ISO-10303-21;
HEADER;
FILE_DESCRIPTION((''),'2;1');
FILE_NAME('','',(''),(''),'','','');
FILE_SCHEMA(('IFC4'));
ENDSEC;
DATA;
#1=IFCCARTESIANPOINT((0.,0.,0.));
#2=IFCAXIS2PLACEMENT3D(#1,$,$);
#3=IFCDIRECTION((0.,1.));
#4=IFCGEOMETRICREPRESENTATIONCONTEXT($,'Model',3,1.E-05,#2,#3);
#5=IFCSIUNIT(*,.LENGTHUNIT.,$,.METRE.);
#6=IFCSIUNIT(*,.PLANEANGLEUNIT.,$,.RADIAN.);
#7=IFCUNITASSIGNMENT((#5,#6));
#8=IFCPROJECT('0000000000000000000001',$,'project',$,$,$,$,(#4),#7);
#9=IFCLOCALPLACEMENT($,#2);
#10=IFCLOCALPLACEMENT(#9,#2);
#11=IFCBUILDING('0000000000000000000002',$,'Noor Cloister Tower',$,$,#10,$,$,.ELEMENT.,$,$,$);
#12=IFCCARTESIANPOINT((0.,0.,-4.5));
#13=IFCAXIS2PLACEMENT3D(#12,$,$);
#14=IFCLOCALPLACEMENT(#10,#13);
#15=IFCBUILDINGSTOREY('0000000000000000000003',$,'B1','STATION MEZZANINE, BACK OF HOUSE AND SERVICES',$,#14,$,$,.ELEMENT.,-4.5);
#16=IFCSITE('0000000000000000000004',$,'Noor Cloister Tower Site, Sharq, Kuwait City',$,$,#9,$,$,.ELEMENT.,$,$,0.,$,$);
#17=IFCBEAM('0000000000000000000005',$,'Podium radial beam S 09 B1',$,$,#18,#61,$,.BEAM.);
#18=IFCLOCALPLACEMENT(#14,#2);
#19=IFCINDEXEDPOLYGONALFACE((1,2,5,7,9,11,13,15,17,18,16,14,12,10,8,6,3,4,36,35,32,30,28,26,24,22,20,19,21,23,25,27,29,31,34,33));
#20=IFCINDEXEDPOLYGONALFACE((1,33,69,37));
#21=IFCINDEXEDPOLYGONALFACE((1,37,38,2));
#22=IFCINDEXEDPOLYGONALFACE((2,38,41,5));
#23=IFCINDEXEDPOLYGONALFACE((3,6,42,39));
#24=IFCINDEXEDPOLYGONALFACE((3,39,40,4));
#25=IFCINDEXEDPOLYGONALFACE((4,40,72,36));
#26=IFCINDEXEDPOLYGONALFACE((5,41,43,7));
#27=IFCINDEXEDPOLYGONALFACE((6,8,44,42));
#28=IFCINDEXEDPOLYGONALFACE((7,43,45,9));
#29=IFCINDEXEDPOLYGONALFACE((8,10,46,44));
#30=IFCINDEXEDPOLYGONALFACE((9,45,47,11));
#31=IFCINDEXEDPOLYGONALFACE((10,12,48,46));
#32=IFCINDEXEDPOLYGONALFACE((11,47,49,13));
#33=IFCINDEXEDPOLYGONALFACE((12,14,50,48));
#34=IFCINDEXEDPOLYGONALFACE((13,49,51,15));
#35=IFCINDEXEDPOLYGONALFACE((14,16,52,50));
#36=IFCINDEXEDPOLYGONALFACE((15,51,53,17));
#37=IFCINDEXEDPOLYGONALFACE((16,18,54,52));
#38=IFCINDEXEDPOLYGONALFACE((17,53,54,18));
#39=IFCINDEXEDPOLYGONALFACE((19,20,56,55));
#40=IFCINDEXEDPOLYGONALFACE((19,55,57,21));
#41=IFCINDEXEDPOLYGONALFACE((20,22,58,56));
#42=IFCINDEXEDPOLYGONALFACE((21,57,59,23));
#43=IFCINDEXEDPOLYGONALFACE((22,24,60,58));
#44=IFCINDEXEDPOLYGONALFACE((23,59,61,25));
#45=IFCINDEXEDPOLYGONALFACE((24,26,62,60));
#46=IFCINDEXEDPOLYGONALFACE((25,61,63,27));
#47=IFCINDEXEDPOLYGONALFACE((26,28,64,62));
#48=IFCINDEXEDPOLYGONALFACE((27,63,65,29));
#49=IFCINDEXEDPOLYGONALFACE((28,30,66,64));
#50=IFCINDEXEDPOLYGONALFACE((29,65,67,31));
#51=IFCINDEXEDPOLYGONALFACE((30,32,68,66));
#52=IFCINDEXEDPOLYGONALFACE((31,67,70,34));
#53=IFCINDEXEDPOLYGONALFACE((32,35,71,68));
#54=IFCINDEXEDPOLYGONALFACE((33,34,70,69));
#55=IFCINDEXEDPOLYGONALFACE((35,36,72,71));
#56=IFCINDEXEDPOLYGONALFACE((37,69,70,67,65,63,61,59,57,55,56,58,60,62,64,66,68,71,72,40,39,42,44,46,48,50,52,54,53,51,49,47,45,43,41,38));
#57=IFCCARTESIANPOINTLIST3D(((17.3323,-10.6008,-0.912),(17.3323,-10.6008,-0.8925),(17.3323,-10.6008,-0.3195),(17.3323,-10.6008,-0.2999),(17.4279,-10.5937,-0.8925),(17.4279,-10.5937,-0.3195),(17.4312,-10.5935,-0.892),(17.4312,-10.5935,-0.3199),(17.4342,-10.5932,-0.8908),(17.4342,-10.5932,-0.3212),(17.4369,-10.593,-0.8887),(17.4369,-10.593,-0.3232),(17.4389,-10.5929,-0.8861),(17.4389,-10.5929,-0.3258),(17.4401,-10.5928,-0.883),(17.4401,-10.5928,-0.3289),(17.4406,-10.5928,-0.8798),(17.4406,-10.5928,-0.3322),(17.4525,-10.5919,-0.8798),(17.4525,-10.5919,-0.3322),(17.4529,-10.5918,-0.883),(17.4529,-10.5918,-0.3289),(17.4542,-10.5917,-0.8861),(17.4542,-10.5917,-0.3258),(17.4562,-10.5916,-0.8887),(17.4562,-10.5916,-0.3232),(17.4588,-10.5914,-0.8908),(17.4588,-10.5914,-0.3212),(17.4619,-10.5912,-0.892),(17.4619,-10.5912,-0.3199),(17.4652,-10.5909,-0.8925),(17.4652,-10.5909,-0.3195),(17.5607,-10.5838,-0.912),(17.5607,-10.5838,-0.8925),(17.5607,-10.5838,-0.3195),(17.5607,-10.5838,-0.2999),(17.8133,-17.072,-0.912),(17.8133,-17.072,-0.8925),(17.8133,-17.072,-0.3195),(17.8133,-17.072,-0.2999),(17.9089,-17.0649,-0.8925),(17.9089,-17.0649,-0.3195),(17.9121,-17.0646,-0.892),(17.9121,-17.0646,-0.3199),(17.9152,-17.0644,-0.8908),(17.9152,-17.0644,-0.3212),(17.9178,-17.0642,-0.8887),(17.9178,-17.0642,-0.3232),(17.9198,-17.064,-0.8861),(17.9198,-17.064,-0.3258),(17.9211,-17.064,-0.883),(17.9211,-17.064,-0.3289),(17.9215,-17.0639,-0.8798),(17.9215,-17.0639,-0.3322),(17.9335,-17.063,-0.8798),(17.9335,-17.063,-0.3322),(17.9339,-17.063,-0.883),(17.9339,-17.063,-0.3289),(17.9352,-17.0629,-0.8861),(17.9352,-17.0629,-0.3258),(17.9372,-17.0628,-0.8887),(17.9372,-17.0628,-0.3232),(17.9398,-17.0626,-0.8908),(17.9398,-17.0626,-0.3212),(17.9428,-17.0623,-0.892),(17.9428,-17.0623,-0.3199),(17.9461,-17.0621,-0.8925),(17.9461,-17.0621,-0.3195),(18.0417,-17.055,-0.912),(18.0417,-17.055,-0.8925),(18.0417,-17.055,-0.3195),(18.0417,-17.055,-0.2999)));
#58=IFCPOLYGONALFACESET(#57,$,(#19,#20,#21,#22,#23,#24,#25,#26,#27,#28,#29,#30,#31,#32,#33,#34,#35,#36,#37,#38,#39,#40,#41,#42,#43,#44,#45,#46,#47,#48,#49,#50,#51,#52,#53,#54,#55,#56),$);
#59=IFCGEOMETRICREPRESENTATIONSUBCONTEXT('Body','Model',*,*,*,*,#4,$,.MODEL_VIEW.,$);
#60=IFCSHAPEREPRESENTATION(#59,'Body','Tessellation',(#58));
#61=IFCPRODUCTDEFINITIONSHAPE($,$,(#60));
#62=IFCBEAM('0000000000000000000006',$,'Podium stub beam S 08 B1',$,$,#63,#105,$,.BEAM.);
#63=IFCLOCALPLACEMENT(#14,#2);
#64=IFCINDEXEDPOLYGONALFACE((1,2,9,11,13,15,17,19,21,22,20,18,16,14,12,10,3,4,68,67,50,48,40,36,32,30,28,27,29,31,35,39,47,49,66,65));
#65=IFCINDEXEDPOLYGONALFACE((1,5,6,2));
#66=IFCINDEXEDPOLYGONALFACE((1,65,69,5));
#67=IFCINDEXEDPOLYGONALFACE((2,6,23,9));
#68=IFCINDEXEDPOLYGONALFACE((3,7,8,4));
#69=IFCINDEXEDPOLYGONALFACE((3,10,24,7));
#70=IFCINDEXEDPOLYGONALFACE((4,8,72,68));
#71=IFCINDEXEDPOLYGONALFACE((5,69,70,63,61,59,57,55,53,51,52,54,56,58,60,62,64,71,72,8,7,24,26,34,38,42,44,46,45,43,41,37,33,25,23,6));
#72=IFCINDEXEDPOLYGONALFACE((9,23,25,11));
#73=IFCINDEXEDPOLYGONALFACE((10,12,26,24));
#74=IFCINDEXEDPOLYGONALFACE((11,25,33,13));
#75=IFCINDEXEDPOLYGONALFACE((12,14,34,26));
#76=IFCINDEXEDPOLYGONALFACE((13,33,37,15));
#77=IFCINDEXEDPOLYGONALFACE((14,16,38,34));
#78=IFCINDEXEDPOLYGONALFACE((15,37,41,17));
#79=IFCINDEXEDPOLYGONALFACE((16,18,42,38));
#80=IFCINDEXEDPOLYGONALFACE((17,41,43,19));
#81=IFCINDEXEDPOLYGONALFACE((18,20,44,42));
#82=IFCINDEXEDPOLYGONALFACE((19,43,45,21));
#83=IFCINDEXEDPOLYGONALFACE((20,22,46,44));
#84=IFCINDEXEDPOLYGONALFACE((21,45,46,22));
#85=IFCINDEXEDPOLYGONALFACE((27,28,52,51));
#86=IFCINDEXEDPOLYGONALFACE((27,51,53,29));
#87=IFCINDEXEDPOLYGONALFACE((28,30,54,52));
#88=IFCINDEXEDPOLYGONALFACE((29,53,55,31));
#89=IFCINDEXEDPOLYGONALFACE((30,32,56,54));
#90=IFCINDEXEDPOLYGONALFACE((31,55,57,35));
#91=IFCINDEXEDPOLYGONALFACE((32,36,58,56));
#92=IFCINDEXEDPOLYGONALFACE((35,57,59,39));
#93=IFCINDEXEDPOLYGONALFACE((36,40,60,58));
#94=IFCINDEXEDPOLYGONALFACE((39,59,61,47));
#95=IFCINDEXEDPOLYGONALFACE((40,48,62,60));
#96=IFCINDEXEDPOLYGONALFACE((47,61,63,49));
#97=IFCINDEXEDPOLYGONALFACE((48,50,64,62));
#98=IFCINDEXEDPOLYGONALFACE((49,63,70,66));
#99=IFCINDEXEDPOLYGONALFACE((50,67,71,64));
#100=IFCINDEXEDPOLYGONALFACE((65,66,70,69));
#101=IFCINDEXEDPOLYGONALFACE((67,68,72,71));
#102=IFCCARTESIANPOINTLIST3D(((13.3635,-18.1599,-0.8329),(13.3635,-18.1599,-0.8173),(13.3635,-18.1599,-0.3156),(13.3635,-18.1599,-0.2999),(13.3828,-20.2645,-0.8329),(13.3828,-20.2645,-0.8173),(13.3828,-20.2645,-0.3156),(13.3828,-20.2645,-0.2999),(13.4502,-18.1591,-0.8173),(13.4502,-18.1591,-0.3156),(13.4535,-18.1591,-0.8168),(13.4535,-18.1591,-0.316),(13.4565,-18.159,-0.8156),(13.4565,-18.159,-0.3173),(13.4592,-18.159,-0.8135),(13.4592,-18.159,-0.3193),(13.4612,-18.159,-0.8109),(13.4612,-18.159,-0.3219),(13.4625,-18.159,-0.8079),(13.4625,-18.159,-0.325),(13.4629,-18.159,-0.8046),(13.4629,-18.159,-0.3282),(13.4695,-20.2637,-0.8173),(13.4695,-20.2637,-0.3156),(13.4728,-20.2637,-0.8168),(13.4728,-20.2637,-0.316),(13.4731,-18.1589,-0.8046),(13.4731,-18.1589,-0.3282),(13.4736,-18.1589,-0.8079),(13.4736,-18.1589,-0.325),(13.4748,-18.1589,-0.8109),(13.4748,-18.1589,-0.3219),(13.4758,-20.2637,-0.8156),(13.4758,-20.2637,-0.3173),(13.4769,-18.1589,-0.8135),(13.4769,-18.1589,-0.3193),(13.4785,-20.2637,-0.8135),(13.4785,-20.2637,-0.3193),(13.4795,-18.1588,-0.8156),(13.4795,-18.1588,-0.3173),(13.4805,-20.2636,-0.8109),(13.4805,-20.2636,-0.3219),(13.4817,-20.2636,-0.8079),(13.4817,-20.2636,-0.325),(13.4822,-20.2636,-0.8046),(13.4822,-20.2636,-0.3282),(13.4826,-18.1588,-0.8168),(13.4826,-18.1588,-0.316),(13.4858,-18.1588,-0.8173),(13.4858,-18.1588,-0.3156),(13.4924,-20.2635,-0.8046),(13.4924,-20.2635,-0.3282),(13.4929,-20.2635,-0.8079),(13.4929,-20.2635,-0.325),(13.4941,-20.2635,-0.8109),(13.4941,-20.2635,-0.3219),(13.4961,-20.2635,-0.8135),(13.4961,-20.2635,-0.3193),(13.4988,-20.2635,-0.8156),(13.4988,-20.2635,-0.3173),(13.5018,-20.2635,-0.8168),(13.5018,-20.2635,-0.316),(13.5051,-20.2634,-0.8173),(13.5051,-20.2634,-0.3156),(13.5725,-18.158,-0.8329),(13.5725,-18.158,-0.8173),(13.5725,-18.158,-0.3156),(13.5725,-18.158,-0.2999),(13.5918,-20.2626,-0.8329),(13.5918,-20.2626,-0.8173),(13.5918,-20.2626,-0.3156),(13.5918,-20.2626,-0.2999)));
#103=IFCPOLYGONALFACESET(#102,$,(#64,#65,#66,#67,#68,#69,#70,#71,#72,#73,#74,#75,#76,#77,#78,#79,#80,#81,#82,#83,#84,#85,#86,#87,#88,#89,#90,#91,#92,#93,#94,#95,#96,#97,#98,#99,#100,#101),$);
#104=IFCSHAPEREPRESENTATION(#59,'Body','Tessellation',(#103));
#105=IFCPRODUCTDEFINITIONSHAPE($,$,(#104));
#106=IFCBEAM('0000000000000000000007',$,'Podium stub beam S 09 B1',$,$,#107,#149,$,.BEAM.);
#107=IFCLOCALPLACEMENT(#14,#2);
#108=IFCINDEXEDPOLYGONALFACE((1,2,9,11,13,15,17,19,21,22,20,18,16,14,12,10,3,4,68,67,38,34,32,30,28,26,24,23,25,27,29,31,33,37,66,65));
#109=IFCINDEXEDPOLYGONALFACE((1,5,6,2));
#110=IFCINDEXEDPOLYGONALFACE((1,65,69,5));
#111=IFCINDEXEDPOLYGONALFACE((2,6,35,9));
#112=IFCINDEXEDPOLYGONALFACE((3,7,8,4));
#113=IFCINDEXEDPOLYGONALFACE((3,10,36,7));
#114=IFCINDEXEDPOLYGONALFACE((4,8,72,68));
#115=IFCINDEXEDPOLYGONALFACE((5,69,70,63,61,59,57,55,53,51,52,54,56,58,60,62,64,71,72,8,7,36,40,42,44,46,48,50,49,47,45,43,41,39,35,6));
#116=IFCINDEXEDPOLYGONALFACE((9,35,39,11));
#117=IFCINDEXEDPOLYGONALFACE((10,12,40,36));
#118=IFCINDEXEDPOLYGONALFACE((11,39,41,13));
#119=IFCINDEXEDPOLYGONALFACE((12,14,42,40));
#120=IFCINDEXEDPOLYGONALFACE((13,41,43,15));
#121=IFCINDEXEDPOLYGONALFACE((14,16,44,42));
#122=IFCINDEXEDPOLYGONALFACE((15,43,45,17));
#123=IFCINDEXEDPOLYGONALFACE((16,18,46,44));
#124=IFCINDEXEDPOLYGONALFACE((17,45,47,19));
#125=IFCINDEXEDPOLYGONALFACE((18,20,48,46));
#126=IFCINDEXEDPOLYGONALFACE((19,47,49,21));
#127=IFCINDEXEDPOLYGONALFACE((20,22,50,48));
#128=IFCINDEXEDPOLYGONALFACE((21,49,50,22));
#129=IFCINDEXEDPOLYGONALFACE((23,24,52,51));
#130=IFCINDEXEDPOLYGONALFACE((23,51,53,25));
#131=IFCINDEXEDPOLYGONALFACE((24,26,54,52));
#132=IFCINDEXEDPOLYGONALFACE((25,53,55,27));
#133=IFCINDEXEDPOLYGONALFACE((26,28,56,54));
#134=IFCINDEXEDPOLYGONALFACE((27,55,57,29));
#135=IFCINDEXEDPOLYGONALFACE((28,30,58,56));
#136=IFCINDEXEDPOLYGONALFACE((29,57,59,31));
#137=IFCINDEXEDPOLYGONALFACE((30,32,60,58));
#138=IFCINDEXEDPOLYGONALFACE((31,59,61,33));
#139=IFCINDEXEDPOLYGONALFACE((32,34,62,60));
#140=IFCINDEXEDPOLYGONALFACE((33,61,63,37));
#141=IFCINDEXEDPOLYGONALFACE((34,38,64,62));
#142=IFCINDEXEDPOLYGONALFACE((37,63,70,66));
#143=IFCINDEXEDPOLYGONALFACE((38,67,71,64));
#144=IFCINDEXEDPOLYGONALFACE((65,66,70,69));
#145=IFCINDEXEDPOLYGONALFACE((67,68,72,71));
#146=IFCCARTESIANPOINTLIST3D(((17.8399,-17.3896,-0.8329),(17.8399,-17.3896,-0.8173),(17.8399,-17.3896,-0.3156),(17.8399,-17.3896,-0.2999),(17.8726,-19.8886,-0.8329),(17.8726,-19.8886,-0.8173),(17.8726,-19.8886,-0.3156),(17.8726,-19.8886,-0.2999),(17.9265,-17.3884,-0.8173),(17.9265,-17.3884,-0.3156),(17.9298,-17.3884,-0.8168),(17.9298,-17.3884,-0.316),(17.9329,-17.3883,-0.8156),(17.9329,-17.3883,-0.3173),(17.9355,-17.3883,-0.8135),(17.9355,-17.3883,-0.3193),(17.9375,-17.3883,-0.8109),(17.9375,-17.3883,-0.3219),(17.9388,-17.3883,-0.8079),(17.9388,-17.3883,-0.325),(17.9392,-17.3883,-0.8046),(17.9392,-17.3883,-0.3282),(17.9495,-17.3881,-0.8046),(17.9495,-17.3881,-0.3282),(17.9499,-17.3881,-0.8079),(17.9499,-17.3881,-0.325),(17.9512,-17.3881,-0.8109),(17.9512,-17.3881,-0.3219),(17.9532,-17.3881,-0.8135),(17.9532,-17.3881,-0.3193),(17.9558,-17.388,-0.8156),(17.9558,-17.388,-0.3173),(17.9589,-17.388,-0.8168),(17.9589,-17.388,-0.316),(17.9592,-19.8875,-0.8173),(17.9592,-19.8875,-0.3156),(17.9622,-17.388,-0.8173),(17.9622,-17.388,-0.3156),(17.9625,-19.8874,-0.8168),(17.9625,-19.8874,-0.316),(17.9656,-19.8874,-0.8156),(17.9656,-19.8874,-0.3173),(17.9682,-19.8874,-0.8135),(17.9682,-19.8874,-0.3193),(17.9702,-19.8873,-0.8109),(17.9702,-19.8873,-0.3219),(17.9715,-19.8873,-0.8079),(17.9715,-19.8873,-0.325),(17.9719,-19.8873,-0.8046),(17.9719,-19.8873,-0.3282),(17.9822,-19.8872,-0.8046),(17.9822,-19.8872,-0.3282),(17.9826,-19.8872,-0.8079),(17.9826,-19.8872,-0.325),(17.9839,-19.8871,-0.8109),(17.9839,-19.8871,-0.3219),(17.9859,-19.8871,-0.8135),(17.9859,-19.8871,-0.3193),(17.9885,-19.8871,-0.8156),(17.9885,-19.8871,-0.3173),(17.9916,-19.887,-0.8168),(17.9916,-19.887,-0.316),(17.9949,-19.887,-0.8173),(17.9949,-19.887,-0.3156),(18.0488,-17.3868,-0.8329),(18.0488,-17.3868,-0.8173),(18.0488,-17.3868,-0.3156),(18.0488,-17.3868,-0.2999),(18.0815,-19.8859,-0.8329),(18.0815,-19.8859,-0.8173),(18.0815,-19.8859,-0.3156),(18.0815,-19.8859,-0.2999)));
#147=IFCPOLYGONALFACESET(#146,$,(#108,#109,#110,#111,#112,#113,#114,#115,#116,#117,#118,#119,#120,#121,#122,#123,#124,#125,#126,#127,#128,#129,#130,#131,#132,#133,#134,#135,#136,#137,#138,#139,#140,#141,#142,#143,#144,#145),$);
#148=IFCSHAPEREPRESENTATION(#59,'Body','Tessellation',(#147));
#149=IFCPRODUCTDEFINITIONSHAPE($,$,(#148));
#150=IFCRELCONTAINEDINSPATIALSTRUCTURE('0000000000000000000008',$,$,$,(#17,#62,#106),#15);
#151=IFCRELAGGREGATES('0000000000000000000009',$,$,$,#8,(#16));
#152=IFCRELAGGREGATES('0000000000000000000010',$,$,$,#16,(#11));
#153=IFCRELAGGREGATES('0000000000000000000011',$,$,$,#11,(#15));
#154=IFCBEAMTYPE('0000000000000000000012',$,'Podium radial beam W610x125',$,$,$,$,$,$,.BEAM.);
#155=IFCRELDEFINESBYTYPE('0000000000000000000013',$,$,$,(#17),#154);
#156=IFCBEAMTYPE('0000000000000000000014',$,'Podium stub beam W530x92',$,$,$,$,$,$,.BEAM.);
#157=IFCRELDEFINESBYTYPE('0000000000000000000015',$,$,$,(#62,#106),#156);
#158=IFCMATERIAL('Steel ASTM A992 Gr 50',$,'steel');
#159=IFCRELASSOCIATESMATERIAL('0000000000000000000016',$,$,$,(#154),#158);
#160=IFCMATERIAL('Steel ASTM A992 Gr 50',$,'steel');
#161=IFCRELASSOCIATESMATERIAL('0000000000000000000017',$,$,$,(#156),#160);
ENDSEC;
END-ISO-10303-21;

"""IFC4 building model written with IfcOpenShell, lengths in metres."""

from ifc_helpers import new_model, si_unit, direction, frame, origin, origin_2d, place, context, subcontext, project, spatial, i_section, extrude, material, material_profile, profile_set, type_object, element, save


model = new_model("IFC4")

# Units and contexts
model_context = context("Model", 3, precision=1e-05, world=origin(), true_north=direction((0.0, 1.0)))
body_context = subcontext(model_context, "Body", "Model", "MODEL_VIEW")
ifc_project = project(units=[si_unit("LENGTHUNIT", "METRE"), si_unit("PLANEANGLEUNIT", "RADIAN")], contexts=[model_context])

# Site, building, storey
site_placement = place(None, origin())
site = spatial("IfcSite", under=ifc_project, at=site_placement, Name="Noor Cloister Tower Site, Sharq, Kuwait City", CompositionType="ELEMENT", RefElevation=0.0)
building_placement = place(site_placement, origin())
building = spatial("IfcBuilding", under=site, at=building_placement, Name="Noor Cloister Tower", CompositionType="ELEMENT")
storey_placement = place(building_placement, frame((0.0, 0.0, -4.5)))
storey = spatial("IfcBuildingStorey", under=building, at=storey_placement, Name="B1", Description="STATION MEZZANINE, BACK OF HOUSE AND SERVICES", CompositionType="ELEMENT", Elevation=-4.5)

# Beams
ifc_material_1 = material(Name="Steel ASTM A992 Gr 50", Category="steel")
ifc_material_profile_1 = material_profile(ifc_material_1, i_section(OverallWidth=0.229, OverallDepth=0.6121, WebThickness=0.012, FlangeThickness=0.0195, FilletRadius=0.0127, at=origin_2d()), Name="W610x125")
ifc_profile_set_1 = profile_set([ifc_material_profile_1], Name="Steel ASTM A992 Gr 50")
beam_type_1 = type_object("IfcBeamType", Name="Podium radial beam W610x125", PredefinedType="BEAM", material=ifc_profile_set_1)
beam_1_placement = place(storey_placement, frame((17.9275, -17.0635, -0.606), z_axis=(-0.074118, 0.997249, 0.0), x_axis=(-0.997249, -0.074118, 0.0)))
element("IfcBeam", 1, at=beam_1_placement, inside=storey, type_object=beam_type_1, Name="Podium radial beam S 09 B1", PredefinedType="BEAM", context=body_context, shape_type="SweptSolid", body=[
    extrude(i_section(OverallWidth=0.229, OverallDepth=0.6121, WebThickness=0.012, FlangeThickness=0.0195, FilletRadius=0.0127, at=origin_2d()), origin(), (0.0, 0.0, 1.0), 6.489),
])
ifc_material_2 = material(Name="Steel ASTM A992 Gr 50", Category="steel")
ifc_material_profile_2 = material_profile(ifc_material_2, i_section(OverallWidth=0.209, OverallDepth=0.533, WebThickness=0.0103, FlangeThickness=0.0156, FilletRadius=0.0127, at=origin_2d()), Name="W530x92")
ifc_profile_set_2 = profile_set([ifc_material_profile_2], Name="Steel ASTM A992 Gr 50")
beam_type_2 = type_object("IfcBeamType", Name="Podium stub beam W530x92", PredefinedType="BEAM", material=ifc_profile_set_2)
beam_2_placement = place(storey_placement, frame((13.468, -18.1589, -0.5664), z_axis=(0.009163, -0.999958, 0.0), x_axis=(0.999958, 0.009163, 0.0)))
element("IfcBeam", 2, at=beam_2_placement, inside=storey, type_object=beam_type_2, Name="Podium stub beam S 08 B1", PredefinedType="BEAM", context=body_context, shape_type="SweptSolid", body=[
    extrude(i_section(OverallWidth=0.209, OverallDepth=0.533, WebThickness=0.0103, FlangeThickness=0.0156, FilletRadius=0.0127, at=origin_2d()), origin(), (0.0, 0.0, 1.0), 2.1047),
])
beam_3_placement = place(storey_placement, frame((17.9443, -17.3882, -0.5664), z_axis=(0.01309, -0.999914, 0.0), x_axis=(0.999914, 0.01309, 0.0)))
element("IfcBeam", 3, at=beam_3_placement, inside=storey, type_object=beam_type_2, Name="Podium stub beam S 09 B1", PredefinedType="BEAM", context=body_context, shape_type="SweptSolid", body=[
    extrude(i_section(OverallWidth=0.209, OverallDepth=0.533, WebThickness=0.0103, FlangeThickness=0.0156, FilletRadius=0.0127, at=origin_2d()), origin(), (0.0, 0.0, 1.0), 2.4993),
])

save(model, "model.ifc")
